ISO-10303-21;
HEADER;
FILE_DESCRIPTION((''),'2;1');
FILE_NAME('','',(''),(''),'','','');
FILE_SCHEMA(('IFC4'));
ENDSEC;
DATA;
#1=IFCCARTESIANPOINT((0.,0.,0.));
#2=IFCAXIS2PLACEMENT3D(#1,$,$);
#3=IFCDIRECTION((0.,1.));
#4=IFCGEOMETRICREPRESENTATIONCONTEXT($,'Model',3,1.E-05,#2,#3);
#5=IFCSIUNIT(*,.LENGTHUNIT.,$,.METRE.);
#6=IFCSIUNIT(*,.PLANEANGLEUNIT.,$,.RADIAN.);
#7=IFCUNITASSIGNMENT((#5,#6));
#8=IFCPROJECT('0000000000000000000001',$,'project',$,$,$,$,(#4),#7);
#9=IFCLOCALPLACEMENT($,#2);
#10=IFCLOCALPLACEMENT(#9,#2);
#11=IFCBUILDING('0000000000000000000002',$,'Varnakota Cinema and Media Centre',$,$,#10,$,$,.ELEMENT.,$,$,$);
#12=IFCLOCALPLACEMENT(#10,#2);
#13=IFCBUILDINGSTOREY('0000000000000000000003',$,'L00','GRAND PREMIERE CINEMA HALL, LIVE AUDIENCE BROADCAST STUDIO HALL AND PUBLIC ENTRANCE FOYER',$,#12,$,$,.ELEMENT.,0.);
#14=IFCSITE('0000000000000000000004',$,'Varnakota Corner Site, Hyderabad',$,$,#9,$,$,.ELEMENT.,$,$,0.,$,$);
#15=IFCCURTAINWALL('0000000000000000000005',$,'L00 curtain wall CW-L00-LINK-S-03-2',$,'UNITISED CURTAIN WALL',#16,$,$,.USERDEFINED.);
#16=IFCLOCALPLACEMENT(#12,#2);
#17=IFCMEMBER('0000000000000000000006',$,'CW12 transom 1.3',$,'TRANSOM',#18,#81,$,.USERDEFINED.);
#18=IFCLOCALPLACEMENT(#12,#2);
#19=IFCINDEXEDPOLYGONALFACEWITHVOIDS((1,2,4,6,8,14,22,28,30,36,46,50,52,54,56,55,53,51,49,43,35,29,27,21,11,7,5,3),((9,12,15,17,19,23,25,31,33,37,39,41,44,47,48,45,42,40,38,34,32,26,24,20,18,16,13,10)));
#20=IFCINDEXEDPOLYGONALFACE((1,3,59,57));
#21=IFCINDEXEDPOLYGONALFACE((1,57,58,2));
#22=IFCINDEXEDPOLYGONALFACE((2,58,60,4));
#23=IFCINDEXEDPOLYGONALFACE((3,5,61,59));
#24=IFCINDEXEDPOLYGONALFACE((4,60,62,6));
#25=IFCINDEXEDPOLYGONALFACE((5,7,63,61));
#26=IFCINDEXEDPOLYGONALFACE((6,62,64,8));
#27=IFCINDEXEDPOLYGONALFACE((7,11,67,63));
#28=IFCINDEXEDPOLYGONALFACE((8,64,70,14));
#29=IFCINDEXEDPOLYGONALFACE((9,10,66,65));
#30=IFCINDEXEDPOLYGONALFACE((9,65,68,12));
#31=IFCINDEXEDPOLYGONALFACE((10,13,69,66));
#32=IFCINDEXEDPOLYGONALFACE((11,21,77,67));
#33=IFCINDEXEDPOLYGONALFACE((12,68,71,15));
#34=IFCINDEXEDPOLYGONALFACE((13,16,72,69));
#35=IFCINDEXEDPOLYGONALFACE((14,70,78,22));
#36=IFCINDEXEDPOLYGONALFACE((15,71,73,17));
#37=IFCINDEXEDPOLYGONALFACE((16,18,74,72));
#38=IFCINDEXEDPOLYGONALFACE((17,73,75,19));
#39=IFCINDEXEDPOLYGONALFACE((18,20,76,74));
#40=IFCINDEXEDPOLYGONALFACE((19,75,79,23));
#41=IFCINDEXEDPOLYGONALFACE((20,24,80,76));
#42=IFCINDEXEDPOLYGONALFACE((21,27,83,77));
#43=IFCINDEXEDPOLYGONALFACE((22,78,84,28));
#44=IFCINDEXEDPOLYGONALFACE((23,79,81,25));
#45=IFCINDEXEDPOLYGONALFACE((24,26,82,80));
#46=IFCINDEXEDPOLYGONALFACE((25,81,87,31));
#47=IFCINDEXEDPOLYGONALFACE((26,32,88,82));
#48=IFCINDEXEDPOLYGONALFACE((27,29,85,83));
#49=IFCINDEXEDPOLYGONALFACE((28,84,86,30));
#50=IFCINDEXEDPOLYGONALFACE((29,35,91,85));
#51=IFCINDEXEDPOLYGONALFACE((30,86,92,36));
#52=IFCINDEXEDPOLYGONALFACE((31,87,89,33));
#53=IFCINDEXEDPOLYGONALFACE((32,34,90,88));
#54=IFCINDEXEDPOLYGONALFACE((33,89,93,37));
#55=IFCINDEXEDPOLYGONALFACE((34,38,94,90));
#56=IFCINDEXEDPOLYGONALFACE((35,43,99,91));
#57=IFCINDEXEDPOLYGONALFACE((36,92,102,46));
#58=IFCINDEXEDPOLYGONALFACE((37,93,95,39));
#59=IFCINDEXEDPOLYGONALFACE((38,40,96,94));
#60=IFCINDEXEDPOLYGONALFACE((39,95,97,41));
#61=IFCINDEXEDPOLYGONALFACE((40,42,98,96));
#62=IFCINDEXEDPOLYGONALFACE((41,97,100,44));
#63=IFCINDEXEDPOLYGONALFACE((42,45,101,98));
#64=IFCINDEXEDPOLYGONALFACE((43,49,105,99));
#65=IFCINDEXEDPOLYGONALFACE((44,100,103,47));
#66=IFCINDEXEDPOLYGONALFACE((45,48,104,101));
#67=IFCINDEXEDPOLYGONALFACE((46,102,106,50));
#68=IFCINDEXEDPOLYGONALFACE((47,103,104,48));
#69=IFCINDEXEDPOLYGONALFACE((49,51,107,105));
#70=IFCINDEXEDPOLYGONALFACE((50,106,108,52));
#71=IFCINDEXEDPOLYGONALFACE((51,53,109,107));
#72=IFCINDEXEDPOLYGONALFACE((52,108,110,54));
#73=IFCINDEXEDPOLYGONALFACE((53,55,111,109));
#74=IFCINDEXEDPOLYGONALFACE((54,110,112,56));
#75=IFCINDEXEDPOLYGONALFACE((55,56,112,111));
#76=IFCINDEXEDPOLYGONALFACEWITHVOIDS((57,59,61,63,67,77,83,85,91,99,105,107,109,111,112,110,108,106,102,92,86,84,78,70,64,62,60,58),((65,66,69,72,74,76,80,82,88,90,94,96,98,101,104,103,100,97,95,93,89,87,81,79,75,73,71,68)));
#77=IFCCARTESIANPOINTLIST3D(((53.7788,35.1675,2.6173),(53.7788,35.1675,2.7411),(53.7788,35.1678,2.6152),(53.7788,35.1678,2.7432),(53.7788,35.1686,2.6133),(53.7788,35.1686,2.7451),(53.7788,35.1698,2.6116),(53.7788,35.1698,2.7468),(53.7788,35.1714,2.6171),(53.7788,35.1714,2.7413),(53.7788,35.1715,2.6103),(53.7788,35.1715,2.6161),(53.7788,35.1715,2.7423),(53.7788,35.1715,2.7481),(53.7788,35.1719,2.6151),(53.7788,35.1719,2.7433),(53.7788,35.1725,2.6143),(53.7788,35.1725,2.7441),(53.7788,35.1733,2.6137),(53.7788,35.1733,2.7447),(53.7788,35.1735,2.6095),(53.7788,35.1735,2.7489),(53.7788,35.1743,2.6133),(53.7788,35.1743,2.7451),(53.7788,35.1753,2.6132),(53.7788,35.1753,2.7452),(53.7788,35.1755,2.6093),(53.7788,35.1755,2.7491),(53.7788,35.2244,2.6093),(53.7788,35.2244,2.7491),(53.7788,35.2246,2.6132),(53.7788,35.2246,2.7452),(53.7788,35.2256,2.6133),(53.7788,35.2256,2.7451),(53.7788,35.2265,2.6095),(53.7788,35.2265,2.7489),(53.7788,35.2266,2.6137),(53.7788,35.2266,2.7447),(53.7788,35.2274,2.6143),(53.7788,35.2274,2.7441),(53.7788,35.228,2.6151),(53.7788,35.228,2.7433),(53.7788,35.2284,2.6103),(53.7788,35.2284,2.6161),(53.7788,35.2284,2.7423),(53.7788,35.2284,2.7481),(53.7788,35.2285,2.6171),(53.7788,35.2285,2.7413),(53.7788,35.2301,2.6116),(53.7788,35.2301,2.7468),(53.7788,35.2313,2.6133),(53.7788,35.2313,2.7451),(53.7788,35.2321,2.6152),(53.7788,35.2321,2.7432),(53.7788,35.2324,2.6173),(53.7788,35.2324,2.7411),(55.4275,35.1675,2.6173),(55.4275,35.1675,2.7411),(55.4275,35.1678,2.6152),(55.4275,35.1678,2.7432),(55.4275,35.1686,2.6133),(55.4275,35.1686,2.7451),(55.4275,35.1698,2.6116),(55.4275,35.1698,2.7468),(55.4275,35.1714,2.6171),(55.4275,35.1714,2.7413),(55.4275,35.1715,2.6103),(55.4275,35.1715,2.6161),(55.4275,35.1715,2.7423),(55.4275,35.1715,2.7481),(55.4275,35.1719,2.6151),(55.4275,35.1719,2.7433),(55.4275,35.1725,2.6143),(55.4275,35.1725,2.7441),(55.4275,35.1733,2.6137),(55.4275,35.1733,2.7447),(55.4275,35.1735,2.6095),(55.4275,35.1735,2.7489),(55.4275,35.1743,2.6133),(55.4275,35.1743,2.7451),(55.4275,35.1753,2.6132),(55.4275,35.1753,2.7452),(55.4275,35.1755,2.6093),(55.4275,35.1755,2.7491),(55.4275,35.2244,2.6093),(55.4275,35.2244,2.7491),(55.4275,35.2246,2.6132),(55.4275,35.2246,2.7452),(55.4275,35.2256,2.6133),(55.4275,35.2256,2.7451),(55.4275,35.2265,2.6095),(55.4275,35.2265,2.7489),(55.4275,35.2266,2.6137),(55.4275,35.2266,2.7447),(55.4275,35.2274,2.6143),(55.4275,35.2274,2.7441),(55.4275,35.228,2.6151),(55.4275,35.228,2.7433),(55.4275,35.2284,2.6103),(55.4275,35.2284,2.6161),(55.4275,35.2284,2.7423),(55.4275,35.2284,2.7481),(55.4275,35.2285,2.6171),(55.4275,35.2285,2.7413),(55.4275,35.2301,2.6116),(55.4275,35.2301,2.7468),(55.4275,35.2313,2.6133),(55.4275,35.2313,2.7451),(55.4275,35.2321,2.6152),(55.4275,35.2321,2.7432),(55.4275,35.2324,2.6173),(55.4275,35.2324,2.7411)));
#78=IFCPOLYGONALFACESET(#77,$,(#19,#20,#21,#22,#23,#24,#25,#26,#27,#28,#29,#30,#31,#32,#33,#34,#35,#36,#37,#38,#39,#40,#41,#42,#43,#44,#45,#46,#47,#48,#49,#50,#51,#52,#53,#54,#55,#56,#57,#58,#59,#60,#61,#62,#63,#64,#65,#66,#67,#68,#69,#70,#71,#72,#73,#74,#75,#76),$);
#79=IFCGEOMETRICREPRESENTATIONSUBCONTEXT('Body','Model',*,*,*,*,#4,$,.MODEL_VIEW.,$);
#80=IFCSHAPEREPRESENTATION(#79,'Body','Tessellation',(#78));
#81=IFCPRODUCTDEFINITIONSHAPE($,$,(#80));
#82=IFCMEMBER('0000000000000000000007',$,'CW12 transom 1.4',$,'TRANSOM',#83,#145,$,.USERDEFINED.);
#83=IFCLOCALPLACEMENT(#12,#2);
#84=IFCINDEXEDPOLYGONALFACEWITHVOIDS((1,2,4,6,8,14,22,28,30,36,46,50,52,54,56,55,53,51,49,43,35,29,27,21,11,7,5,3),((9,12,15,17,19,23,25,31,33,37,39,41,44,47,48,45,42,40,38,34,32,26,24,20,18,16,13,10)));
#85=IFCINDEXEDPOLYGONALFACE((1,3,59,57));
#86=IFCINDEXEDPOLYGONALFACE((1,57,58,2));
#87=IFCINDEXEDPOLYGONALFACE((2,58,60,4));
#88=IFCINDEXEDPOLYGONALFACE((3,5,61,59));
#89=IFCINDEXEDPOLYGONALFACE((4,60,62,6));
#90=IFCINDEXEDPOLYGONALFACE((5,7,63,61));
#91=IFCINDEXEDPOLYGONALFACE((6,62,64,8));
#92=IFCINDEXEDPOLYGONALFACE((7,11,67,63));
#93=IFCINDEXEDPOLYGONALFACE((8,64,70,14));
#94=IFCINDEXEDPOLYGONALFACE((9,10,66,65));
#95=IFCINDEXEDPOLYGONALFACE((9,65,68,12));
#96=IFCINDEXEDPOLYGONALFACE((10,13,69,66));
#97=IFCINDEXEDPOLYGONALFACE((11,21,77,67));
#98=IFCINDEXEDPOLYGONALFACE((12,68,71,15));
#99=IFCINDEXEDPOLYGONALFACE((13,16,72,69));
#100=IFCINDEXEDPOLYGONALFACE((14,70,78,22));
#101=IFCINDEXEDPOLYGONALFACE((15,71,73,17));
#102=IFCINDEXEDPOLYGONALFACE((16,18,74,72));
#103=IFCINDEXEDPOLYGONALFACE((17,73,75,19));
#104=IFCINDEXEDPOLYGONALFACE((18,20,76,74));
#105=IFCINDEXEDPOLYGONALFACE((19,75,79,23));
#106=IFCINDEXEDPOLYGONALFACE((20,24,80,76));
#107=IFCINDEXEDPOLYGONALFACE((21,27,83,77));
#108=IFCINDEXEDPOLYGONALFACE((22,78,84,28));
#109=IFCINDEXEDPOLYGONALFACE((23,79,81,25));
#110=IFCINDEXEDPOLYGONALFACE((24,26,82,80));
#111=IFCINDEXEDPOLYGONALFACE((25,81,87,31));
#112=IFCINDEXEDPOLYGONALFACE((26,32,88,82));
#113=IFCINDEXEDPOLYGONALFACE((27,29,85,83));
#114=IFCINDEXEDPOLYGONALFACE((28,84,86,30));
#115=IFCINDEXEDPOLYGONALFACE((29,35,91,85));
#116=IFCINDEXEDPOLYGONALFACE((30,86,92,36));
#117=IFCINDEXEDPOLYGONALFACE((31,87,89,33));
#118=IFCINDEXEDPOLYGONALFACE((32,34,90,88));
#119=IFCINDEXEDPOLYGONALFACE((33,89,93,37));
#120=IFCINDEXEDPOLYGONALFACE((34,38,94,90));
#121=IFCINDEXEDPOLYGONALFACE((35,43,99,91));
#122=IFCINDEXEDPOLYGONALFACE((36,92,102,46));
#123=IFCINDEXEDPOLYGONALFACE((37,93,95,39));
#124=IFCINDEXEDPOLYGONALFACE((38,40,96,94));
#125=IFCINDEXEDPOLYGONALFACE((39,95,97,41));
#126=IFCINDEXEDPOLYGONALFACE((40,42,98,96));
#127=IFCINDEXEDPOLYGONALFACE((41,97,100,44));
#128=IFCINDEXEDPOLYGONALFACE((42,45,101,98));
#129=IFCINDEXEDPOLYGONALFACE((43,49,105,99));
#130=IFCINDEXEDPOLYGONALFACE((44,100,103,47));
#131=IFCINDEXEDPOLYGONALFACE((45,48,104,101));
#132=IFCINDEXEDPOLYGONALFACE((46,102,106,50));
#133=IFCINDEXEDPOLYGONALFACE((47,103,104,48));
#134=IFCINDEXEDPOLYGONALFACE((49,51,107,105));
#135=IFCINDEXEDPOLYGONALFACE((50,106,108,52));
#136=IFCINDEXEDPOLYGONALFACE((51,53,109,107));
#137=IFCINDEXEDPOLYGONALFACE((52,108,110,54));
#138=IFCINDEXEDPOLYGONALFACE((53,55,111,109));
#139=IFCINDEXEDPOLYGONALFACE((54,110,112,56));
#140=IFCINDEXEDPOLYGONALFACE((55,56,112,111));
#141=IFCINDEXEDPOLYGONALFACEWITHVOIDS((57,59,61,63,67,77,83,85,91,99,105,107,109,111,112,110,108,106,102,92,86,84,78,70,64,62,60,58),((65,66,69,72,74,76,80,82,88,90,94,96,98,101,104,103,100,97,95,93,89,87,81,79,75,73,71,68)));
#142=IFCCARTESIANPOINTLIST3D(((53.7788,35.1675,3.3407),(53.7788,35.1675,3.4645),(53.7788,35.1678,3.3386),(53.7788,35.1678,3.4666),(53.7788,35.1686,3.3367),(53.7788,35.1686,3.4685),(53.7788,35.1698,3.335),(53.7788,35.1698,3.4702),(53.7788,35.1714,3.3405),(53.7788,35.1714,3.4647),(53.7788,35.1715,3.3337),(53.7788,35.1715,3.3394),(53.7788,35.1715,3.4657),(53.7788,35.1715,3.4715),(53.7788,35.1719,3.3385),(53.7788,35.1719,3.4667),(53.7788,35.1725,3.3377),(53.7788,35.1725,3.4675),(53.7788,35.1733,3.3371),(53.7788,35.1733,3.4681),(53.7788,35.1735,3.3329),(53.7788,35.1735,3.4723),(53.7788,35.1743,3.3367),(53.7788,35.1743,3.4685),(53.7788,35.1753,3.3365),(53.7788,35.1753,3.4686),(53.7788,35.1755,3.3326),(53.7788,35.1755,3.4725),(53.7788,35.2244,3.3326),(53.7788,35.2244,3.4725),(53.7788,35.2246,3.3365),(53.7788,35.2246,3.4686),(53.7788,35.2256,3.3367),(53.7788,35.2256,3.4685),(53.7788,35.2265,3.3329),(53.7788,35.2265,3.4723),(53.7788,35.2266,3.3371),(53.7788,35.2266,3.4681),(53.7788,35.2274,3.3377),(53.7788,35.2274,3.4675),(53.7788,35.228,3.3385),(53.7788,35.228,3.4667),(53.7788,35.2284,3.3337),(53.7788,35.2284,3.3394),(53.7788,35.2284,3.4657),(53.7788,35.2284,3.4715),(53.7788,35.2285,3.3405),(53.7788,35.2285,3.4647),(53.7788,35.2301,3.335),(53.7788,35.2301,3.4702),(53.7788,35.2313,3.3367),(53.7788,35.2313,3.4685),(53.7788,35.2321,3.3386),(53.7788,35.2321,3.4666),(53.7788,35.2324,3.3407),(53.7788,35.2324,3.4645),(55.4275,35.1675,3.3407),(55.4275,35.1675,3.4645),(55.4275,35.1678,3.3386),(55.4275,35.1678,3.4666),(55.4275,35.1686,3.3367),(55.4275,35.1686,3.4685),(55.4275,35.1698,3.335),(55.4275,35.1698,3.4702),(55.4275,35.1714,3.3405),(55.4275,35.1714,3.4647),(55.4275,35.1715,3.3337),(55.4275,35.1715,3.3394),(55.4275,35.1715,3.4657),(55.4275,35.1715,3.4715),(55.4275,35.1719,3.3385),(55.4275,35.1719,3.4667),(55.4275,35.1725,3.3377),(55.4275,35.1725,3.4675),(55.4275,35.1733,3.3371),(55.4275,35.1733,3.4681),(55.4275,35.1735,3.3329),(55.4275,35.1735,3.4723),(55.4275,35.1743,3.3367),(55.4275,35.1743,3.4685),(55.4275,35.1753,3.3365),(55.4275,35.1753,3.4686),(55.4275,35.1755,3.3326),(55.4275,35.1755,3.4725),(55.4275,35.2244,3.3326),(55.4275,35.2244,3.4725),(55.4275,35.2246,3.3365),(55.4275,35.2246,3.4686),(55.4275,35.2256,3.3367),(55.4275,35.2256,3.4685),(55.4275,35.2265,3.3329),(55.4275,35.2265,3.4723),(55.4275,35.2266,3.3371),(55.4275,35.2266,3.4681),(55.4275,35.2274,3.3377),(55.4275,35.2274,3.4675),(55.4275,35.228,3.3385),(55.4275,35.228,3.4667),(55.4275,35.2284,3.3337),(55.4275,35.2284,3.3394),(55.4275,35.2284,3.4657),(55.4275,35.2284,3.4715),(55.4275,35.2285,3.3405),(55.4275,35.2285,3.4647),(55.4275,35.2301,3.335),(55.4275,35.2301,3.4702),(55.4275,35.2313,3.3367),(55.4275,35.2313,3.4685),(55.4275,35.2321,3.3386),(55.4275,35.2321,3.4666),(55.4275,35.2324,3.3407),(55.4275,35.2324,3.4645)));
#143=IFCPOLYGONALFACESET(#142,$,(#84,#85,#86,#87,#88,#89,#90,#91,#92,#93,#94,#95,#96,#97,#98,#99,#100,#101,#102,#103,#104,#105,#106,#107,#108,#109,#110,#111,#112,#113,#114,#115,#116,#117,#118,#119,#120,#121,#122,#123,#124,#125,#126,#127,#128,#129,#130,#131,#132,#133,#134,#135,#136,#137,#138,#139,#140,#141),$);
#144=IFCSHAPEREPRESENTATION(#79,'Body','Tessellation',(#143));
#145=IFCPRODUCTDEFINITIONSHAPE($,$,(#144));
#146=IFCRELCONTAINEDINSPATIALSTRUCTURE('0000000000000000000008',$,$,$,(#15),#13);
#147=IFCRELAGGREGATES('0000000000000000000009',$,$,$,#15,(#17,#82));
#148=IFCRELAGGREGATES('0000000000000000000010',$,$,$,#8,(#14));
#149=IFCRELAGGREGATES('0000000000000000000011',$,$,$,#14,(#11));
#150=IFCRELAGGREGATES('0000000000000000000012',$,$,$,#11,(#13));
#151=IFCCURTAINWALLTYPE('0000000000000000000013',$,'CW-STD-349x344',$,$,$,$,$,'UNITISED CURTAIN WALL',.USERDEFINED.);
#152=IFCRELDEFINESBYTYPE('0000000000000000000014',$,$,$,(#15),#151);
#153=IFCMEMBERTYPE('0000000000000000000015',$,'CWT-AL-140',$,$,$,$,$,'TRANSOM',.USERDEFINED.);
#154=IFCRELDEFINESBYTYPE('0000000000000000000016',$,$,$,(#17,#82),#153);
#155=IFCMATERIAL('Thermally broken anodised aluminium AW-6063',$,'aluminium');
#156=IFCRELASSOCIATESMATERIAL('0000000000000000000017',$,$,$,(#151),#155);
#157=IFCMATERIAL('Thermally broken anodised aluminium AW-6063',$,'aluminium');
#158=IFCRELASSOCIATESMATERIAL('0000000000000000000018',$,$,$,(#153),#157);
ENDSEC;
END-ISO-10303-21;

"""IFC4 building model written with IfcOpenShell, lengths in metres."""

from ifc_helpers import new_model, si_unit, direction, frame, origin, origin_2d, place, context, subcontext, project, spatial, hollow_rectangle, extrude, material, material_profile, profile_set, type_object, element, aggregate, save


model = new_model("IFC4")

# Units and contexts
model_context = context("Model", 3, precision=1e-05, world=origin(), true_north=direction((0.0, 1.0)))
body_context = subcontext(model_context, "Body", "Model", "MODEL_VIEW")
ifc_project = project(units=[si_unit("LENGTHUNIT", "METRE"), si_unit("PLANEANGLEUNIT", "RADIAN")], contexts=[model_context])

# Site, building, storey
site_placement = place(None, origin())
site = spatial("IfcSite", under=ifc_project, at=site_placement, Name="Varnakota Corner Site, Hyderabad", CompositionType="ELEMENT", RefElevation=0.0)
building_placement = place(site_placement, origin())
building = spatial("IfcBuilding", under=site, at=building_placement, Name="Varnakota Cinema and Media Centre", CompositionType="ELEMENT")
storey_placement = place(building_placement, origin())
storey = spatial("IfcBuildingStorey", under=building, at=storey_placement, Name="L00", Description="GRAND PREMIERE CINEMA HALL, LIVE AUDIENCE BROADCAST STUDIO HALL AND PUBLIC ENTRANCE FOYER", CompositionType="ELEMENT", Elevation=0.0)

# Curtain wall
ifc_material_1 = material(Name="Thermally broken anodised aluminium AW-6063", Category="aluminium")
curtain_wall_type = type_object("IfcCurtainWallType", Name="CW-STD-349x344", ElementType="UNITISED CURTAIN WALL", PredefinedType="USERDEFINED", material=ifc_material_1)
curtain_wall_1_placement = place(storey_placement, origin())
curtain_wall_1 = element("IfcCurtainWall", 1, at=curtain_wall_1_placement, inside=storey, type_object=curtain_wall_type, Name="L00 curtain wall CW-L00-LINK-S-03-2", ObjectType="UNITISED CURTAIN WALL", PredefinedType="USERDEFINED")

# Members
ifc_material_2 = material(Name="Thermally broken anodised aluminium AW-6063", Category="aluminium")
ifc_material_profile_1 = material_profile(ifc_material_2, hollow_rectangle(XDim=0.0649, YDim=0.1399, WallThickness=0.0039, InnerFilletRadius=0.0039, OuterFilletRadius=0.0081, at=origin_2d()), Name="AL-TRANSOM 140x65x4")
ifc_profile_set_1 = profile_set([ifc_material_profile_1], Name="Thermally broken anodised aluminium AW-6063")
member_type_1 = type_object("IfcMemberType", Name="CWT-AL-140", ElementType="TRANSOM", PredefinedType="USERDEFINED", material=ifc_profile_set_1)
member_1_placement = place(storey_placement, frame((55.4275, 35.2, 2.6792), z_axis=(-1.0, 0.0, 0.0), x_axis=(0.0, -1.0, 0.0)))
member_1 = element("IfcMember", 2, at=member_1_placement, type_object=member_type_1, Name="CW12 transom 1.3", ObjectType="TRANSOM", PredefinedType="USERDEFINED", context=body_context, shape_type="SweptSolid", body=[
    extrude(hollow_rectangle(XDim=0.0649, YDim=0.1399, WallThickness=0.0039, InnerFilletRadius=0.0039, OuterFilletRadius=0.0081, at=origin_2d()), origin(), (0.0, 0.0, 1.0), 1.6487),
])
member_2_placement = place(storey_placement, frame((55.4275, 35.2, 3.4026), z_axis=(-1.0, 0.0, 0.0), x_axis=(0.0, -1.0, 0.0)))
member_2 = element("IfcMember", 3, at=member_2_placement, type_object=member_type_1, Name="CW12 transom 1.4", ObjectType="TRANSOM", PredefinedType="USERDEFINED", context=body_context, shape_type="SweptSolid", body=[
    extrude(hollow_rectangle(XDim=0.0649, YDim=0.1399, WallThickness=0.0039, InnerFilletRadius=0.0039, OuterFilletRadius=0.0081, at=origin_2d()), origin(), (0.0, 0.0, 1.0), 1.6487),
])

aggregate(curtain_wall_1, [member_1, member_2])

save(model, "model.ifc")
